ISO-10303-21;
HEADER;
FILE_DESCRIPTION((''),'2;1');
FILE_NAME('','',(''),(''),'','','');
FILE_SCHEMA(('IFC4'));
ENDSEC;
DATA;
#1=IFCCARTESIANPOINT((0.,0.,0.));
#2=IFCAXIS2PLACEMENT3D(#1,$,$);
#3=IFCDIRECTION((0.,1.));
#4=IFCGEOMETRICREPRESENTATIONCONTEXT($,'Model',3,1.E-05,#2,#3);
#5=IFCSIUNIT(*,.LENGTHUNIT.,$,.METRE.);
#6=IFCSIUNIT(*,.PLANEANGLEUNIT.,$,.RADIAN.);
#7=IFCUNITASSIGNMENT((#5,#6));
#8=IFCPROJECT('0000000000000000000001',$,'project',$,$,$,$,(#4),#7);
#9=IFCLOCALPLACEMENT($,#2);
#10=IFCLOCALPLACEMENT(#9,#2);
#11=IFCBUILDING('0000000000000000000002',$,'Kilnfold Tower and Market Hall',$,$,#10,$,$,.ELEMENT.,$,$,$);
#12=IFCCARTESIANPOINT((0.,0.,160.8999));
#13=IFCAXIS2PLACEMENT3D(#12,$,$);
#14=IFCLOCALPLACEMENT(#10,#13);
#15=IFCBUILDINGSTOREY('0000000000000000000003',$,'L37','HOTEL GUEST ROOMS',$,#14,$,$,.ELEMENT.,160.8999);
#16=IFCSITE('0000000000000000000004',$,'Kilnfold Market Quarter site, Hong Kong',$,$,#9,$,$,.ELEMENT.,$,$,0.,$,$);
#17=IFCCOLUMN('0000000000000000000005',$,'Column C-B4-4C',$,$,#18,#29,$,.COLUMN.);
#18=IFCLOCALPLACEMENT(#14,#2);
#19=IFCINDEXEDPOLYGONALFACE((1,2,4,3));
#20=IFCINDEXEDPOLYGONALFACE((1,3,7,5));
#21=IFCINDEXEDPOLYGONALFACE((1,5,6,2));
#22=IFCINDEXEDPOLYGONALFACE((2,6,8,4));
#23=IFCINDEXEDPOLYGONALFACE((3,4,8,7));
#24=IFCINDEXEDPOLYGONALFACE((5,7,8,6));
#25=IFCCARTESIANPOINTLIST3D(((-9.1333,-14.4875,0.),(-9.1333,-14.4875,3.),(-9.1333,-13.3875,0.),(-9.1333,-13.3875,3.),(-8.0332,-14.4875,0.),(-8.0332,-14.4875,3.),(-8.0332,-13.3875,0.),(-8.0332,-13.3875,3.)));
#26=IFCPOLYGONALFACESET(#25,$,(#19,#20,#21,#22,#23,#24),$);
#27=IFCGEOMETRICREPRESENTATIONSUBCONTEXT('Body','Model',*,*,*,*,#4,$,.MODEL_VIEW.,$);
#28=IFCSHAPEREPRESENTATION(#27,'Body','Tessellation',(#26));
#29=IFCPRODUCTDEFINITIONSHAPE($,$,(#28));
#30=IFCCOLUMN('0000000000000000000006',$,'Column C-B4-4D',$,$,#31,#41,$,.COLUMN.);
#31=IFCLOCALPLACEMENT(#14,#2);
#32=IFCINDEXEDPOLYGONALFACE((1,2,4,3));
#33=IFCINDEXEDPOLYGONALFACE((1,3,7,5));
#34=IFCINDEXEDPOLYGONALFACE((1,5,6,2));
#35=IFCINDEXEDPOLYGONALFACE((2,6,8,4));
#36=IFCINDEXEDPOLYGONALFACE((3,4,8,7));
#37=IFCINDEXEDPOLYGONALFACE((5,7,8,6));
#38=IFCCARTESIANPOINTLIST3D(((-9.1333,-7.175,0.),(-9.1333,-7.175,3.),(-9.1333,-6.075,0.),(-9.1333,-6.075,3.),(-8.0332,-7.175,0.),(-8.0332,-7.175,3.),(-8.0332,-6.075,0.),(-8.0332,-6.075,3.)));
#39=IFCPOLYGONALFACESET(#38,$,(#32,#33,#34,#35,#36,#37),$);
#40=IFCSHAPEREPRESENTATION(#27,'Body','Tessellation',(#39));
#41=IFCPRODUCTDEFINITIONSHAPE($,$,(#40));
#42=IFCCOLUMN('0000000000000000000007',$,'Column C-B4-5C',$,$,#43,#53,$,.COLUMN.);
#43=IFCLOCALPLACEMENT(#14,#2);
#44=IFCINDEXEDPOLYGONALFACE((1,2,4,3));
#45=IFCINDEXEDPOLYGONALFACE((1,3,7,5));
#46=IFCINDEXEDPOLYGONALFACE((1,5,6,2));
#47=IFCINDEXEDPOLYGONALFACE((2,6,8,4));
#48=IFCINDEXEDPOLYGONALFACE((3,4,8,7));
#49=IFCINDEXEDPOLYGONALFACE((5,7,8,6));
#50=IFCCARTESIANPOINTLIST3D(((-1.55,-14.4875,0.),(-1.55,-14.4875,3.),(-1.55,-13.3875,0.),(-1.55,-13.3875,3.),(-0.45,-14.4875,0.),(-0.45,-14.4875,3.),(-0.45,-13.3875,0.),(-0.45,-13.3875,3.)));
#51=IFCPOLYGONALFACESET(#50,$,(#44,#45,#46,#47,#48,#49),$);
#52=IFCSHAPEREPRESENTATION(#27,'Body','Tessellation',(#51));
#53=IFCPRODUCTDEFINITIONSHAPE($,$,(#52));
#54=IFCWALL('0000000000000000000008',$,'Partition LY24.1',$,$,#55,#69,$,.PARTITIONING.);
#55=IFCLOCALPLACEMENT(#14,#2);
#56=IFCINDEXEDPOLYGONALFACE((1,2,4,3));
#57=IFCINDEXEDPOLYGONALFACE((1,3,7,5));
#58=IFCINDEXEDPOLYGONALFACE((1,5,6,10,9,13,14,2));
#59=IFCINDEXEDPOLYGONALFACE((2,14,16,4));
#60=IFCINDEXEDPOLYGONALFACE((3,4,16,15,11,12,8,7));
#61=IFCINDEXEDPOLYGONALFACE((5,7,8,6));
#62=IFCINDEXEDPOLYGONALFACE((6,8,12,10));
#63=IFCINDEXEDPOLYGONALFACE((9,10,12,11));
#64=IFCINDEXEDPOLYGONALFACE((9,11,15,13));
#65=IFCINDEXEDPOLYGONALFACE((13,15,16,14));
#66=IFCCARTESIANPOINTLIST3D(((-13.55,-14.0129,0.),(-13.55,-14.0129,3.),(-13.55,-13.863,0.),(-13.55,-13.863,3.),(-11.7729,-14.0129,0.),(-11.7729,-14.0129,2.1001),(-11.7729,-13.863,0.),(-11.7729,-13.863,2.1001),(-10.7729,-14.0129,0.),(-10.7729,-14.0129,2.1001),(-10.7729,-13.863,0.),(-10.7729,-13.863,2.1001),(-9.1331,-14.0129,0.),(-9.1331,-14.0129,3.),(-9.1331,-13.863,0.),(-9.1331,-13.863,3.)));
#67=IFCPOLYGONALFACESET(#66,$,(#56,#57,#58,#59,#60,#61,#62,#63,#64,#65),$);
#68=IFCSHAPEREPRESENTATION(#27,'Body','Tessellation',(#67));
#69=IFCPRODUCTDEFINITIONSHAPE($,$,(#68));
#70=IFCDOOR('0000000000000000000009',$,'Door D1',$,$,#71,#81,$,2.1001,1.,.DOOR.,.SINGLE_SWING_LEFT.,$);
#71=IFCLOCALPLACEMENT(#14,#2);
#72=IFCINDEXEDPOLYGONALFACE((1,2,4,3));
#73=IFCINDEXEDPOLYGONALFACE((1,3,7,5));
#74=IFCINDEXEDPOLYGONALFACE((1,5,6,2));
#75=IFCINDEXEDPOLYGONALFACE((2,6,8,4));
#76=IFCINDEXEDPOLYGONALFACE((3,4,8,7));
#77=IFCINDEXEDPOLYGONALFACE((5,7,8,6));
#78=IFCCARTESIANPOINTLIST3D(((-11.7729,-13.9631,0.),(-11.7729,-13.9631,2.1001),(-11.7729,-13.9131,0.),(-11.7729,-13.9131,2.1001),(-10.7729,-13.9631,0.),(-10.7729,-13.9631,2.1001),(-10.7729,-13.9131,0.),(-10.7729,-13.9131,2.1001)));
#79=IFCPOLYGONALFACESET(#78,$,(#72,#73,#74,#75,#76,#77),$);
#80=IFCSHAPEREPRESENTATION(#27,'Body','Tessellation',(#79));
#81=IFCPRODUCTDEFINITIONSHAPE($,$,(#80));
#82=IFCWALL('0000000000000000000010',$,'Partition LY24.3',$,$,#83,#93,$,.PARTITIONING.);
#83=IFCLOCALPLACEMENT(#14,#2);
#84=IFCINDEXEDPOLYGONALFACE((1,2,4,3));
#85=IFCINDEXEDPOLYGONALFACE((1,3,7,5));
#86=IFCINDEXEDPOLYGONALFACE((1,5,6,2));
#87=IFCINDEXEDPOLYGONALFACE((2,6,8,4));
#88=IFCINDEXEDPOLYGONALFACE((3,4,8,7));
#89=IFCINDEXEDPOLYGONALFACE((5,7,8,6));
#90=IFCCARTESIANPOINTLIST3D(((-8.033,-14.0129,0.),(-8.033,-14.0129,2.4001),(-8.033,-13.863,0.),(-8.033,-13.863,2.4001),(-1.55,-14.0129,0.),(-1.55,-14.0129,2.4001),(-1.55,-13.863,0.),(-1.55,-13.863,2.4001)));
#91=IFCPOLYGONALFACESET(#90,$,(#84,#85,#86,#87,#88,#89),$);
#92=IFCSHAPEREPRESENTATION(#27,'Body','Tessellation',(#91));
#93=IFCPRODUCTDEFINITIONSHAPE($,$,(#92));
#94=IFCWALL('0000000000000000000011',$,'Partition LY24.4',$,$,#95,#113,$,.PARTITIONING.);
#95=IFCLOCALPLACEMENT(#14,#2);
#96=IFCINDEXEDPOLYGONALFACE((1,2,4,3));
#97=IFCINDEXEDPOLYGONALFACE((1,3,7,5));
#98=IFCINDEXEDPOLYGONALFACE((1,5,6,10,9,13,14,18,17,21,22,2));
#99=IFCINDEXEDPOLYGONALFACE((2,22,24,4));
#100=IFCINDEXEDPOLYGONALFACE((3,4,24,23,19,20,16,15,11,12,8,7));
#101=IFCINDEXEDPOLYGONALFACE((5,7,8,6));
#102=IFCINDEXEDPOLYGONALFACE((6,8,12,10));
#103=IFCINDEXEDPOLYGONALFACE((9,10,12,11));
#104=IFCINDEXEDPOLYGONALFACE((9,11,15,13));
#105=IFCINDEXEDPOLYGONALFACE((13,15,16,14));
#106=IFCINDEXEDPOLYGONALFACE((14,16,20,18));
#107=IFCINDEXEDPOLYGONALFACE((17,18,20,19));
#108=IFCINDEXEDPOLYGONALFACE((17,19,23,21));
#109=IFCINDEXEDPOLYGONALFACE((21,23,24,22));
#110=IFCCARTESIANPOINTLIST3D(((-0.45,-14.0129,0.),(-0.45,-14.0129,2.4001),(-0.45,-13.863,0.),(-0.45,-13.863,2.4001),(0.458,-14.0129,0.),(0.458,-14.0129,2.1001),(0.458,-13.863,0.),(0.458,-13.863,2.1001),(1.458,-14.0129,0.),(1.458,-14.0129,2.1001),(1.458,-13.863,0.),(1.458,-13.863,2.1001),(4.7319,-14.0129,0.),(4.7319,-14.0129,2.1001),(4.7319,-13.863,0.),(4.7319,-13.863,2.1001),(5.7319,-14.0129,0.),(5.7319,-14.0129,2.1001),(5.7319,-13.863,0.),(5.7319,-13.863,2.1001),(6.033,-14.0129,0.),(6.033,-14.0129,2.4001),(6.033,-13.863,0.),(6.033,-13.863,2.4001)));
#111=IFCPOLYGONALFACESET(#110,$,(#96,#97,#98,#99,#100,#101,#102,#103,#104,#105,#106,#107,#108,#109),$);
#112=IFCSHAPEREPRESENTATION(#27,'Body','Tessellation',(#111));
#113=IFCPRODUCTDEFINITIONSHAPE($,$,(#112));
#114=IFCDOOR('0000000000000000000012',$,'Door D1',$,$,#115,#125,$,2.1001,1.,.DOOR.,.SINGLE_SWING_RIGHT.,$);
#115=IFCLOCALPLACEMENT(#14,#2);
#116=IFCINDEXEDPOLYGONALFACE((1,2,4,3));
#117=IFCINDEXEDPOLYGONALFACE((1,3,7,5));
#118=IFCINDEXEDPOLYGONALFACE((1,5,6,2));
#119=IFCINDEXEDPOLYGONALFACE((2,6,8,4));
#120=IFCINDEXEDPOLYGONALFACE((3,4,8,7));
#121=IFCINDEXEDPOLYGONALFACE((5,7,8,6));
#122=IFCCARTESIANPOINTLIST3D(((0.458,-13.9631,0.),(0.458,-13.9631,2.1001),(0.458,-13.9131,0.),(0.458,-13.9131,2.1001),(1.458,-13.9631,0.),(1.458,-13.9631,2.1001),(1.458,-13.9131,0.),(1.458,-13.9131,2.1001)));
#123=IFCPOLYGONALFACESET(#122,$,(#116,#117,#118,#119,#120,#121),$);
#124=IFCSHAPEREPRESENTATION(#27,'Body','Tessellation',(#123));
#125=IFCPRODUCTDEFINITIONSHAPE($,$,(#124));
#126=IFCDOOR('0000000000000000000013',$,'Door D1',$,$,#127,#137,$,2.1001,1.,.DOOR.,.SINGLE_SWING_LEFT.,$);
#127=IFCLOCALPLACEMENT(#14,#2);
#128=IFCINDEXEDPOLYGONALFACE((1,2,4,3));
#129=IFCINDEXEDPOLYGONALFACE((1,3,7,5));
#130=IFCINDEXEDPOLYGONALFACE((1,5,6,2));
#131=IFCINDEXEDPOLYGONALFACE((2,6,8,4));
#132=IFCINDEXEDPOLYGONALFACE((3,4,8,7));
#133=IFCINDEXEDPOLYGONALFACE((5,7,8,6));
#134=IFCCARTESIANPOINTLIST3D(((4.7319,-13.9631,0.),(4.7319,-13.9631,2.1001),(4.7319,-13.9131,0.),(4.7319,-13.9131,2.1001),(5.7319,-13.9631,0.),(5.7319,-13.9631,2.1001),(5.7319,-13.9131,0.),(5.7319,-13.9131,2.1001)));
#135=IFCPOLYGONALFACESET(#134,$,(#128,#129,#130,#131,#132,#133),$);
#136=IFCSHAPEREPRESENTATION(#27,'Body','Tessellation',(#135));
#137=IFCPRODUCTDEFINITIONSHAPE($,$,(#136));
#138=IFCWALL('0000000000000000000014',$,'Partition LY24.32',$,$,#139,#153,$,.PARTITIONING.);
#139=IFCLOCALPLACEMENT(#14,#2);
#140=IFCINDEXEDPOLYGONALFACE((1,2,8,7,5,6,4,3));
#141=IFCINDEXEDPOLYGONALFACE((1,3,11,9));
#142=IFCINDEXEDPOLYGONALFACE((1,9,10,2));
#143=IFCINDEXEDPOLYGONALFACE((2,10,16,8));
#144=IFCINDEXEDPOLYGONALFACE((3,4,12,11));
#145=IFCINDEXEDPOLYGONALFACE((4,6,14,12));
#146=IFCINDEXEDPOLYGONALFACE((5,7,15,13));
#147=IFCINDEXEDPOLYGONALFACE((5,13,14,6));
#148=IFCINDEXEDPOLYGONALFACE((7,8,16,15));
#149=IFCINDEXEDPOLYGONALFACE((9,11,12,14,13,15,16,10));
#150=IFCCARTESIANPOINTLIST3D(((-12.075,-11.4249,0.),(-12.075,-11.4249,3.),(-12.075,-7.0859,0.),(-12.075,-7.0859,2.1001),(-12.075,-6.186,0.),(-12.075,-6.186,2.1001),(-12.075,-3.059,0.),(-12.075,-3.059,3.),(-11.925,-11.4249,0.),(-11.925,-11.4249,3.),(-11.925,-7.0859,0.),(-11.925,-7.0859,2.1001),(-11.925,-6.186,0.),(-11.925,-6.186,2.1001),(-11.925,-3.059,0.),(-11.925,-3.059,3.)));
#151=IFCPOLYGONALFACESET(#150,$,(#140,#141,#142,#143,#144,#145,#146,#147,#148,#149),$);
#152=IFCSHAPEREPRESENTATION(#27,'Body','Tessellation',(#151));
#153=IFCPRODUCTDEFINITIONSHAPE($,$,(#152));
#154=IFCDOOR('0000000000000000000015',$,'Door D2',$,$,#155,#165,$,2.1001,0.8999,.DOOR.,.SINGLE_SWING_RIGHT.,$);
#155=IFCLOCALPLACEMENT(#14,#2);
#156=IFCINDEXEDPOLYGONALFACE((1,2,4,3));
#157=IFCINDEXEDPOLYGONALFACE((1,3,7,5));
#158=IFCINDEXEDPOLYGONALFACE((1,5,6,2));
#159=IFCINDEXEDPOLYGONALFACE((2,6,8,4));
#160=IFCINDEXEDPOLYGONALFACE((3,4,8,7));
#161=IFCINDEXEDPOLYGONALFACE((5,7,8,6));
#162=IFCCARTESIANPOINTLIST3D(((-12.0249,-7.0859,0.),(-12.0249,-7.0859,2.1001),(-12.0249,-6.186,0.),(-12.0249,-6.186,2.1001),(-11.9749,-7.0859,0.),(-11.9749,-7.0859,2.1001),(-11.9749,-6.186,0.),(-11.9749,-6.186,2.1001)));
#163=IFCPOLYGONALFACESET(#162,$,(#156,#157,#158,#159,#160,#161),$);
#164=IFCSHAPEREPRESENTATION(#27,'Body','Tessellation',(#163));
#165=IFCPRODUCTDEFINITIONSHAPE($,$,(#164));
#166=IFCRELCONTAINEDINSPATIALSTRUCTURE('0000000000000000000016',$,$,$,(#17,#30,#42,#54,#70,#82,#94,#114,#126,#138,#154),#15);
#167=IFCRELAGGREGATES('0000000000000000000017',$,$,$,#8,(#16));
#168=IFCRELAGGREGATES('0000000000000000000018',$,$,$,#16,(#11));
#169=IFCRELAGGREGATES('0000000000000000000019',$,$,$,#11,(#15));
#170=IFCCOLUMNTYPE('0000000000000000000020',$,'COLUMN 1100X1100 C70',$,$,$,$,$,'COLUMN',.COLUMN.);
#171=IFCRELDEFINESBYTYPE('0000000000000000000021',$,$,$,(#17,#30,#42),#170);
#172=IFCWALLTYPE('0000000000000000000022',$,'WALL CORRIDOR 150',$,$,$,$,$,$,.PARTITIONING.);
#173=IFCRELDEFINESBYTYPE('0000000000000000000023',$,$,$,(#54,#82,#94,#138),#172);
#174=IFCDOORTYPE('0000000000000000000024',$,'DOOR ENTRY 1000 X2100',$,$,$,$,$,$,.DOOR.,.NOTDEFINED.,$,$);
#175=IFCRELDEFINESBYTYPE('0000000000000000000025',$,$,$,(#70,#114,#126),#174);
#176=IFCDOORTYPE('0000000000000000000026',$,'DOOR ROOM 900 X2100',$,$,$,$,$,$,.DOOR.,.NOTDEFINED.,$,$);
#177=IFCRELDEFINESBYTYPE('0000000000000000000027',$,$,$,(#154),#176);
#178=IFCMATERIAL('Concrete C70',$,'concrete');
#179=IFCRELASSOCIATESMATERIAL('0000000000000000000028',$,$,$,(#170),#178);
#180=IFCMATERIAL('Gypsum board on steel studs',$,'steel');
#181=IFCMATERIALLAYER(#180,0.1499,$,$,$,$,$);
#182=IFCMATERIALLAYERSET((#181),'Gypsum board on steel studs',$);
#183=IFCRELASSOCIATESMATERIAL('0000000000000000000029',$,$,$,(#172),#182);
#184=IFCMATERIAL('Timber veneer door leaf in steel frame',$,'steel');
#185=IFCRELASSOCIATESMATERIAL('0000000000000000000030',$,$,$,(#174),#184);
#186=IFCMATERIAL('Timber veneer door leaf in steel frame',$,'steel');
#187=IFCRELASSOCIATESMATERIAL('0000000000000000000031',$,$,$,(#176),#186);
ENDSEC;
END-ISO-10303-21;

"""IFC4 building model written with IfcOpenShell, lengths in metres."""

from ifc_helpers import new_model, si_unit, direction, frame, frame_2d, origin, origin_2d, place, context, subcontext, project, spatial, rectangle, extrude, source, transform, mapped, material, layer, layer_set, material_profile, profile_set, type_object, element, fill, save


model = new_model("IFC4")

# Units and contexts
model_context = context("Model", 3, precision=1e-05, world=origin(), true_north=direction((0.0, 1.0)))
body_context = subcontext(model_context, "Body", "Model", "MODEL_VIEW")
ifc_project = project(units=[si_unit("LENGTHUNIT", "METRE"), si_unit("PLANEANGLEUNIT", "RADIAN")], contexts=[model_context])

# Site, building, storey
site_placement = place(None, origin())
site = spatial("IfcSite", under=ifc_project, at=site_placement, Name="Kilnfold Market Quarter site, Hong Kong", CompositionType="ELEMENT", RefElevation=0.0)
building_placement = place(site_placement, origin())
building = spatial("IfcBuilding", under=site, at=building_placement, Name="Kilnfold Tower and Market Hall", CompositionType="ELEMENT")
storey_placement = place(building_placement, frame((0.0, 0.0, 160.8999)))
storey = spatial("IfcBuildingStorey", under=building, at=storey_placement, Name="L37", Description="HOTEL GUEST ROOMS", CompositionType="ELEMENT", Elevation=160.8999)

# Columns
ifc_material_1 = material(Name="Concrete C70", Category="concrete")
ifc_material_profile = material_profile(ifc_material_1, rectangle(XDim=1.1001, YDim=1.1001, at=origin_2d()), Name="RC 1100x1100")
ifc_profile_set = profile_set([ifc_material_profile], Name="Concrete C70")
column_type = type_object("IfcColumnType", Name="COLUMN 1100X1100 C70", ElementType="COLUMN", PredefinedType="COLUMN", material=ifc_profile_set)
shared_shape_1 = source(origin(), body_context, "Body", "SweptSolid", [
    extrude(rectangle(XDim=1.1001, YDim=1.1001, at=origin_2d()), origin(), (0.0, 0.0, 1.0), 3.0),
])
for number, where, z_axis, x_axis, name in (
    (1, (-8.5833, -13.9375, 0.0), (0.0, 0.0, 1.0), (1.0, 0.0, 0.0), "Column C-B4-4C"),
    (2, (-8.5833, -6.625, 0.0), (0.0, 0.0, 1.0), (1.0, 0.0, 0.0), "Column C-B4-4D"),
    (3, (-1.0, -13.9375, 0.0), (0.0, 0.0, 1.0), (1.0, 0.0, 0.0), "Column C-B4-5C"),
):
    element("IfcColumn", number, at=place(storey_placement, frame(where, z_axis=z_axis, x_axis=x_axis)), inside=storey, type_object=column_type, Name=name, PredefinedType="COLUMN", context=body_context, shape_type="MappedRepresentation", body=[
        mapped(shared_shape_1, transform((0.0, 0.0, 0.0))),
    ])

# Wall, opening, door
ifc_material_2 = material(Name="Gypsum board on steel studs", Category="steel")
ifc_layer_1 = layer(ifc_material_2, 0.1499)
ifc_layer_set_1 = layer_set([ifc_layer_1], Name="Gypsum board on steel studs")
wall_type_1 = type_object("IfcWallType", Name="WALL CORRIDOR 150", PredefinedType="PARTITIONING", material=ifc_layer_set_1)
wall_1_placement = place(storey_placement, frame((-13.55, -13.938, 0.0), z_axis=(0.0, 0.0, 1.0), x_axis=(1.0, 0.0, 0.0)))
wall_1 = element("IfcWall", 4, at=wall_1_placement, inside=storey, type_object=wall_type_1, Name="Partition LY24.1", PredefinedType="PARTITIONING", context=body_context, shape_type="SweptSolid", body=[
    extrude(rectangle(XDim=4.417, YDim=0.1499, at=frame_2d((2.2085, 0.0))), origin(), (0.0, 0.0, 1.0), 3.0),
])
opening_1_placement = place(wall_1_placement, frame((1.7771, 0.0, 0.0)))
opening_1 = element("IfcOpeningElement", 5, at=opening_1_placement, cuts=wall_1, PredefinedType="OPENING", context=body_context, shape_type="SweptSolid", body=[
    extrude(rectangle(XDim=1.0, YDim=2.1001, at=frame_2d((0.5, 1.05))), frame((0.0, 0.085, 0.0), z_axis=(0.0, -1.0, 0.0), x_axis=(1.0, 0.0, 0.0)), (0.0, 0.0, 1.0), 0.1699),
])
ifc_material_3 = material(Name="Timber veneer door leaf in steel frame", Category="steel")
door_type_1 = type_object("IfcDoorType", Name="DOOR ENTRY 1000 X2100", OperationType="NOTDEFINED", PredefinedType="DOOR", material=ifc_material_3)
door_1_placement = place(opening_1_placement, origin())
door_1 = element("IfcDoor", 6, at=door_1_placement, inside=storey, type_object=door_type_1, Name="Door D1", OperationType="SINGLE_SWING_LEFT", OverallHeight=2.1001, OverallWidth=1.0, PredefinedType="DOOR", context=body_context, shape_type="SweptSolid", body=[
    extrude(rectangle(XDim=1.0, YDim=2.1001, at=frame_2d((0.5, 1.05))), frame((0.0, 0.0249, 0.0), z_axis=(0.0, -1.0, 0.0), x_axis=(1.0, 0.0, 0.0)), (0.0, 0.0, 1.0), 0.05),
])
fill(opening_1, door_1)

# Wall
wall_2_placement = place(storey_placement, frame((-8.033, -13.938, 0.0), z_axis=(0.0, 0.0, 1.0), x_axis=(1.0, 0.0, 0.0)))
element("IfcWall", 7, at=wall_2_placement, inside=storey, type_object=wall_type_1, Name="Partition LY24.3", PredefinedType="PARTITIONING", context=body_context, shape_type="SweptSolid", body=[
    extrude(rectangle(XDim=6.4829, YDim=0.1499, at=frame_2d((3.2415, 0.0))), origin(), (0.0, 0.0, 1.0), 2.4001),
])

# Wall, openings, doors
wall_3_placement = place(storey_placement, frame((-0.45, -13.938, 0.0), z_axis=(0.0, 0.0, 1.0), x_axis=(1.0, 0.0, 0.0)))
wall_3 = element("IfcWall", 8, at=wall_3_placement, inside=storey, type_object=wall_type_1, Name="Partition LY24.4", PredefinedType="PARTITIONING", context=body_context, shape_type="SweptSolid", body=[
    extrude(rectangle(XDim=6.4829, YDim=0.1499, at=frame_2d((3.2415, 0.0))), origin(), (0.0, 0.0, 1.0), 2.4001),
])
opening_2_placement = place(wall_3_placement, frame((0.908, 0.0, 0.0)))
opening_2 = element("IfcOpeningElement", 9, at=opening_2_placement, cuts=wall_3, PredefinedType="OPENING", context=body_context, shape_type="SweptSolid", body=[
    extrude(rectangle(XDim=1.0, YDim=2.1001, at=frame_2d((0.5, 1.05))), frame((0.0, 0.085, 0.0), z_axis=(0.0, -1.0, 0.0), x_axis=(1.0, 0.0, 0.0)), (0.0, 0.0, 1.0), 0.1699),
])
opening_3_placement = place(wall_3_placement, frame((5.1819, 0.0, 0.0)))
opening_3 = element("IfcOpeningElement", 10, at=opening_3_placement, cuts=wall_3, PredefinedType="OPENING", context=body_context, shape_type="SweptSolid", body=[
    extrude(rectangle(XDim=1.0, YDim=2.1001, at=frame_2d((0.5, 1.05))), frame((0.0, 0.085, 0.0), z_axis=(0.0, -1.0, 0.0), x_axis=(1.0, 0.0, 0.0)), (0.0, 0.0, 1.0), 0.1699),
])
door_2_placement = place(opening_2_placement, origin())
door_2 = element("IfcDoor", 11, at=door_2_placement, inside=storey, type_object=door_type_1, Name="Door D1", OperationType="SINGLE_SWING_RIGHT", OverallHeight=2.1001, OverallWidth=1.0, PredefinedType="DOOR", context=body_context, shape_type="SweptSolid", body=[
    extrude(rectangle(XDim=1.0, YDim=2.1001, at=frame_2d((0.5, 1.05))), frame((0.0, 0.0249, 0.0), z_axis=(0.0, -1.0, 0.0), x_axis=(1.0, 0.0, 0.0)), (0.0, 0.0, 1.0), 0.05),
])
fill(opening_2, door_2)
door_3_placement = place(opening_3_placement, origin())
door_3 = element("IfcDoor", 12, at=door_3_placement, inside=storey, type_object=door_type_1, Name="Door D1", OperationType="SINGLE_SWING_LEFT", OverallHeight=2.1001, OverallWidth=1.0, PredefinedType="DOOR", context=body_context, shape_type="SweptSolid", body=[
    extrude(rectangle(XDim=1.0, YDim=2.1001, at=frame_2d((0.5, 1.05))), frame((0.0, 0.0249, 0.0), z_axis=(0.0, -1.0, 0.0), x_axis=(1.0, 0.0, 0.0)), (0.0, 0.0, 1.0), 0.05),
])
fill(opening_3, door_3)

# Wall, opening, door
wall_4_placement = place(storey_placement, frame((-12.0, -11.425, 0.0), z_axis=(0.0, 0.0, 1.0), x_axis=(0.0, 1.0, 0.0)))
wall_4 = element("IfcWall", 13, at=wall_4_placement, inside=storey, type_object=wall_type_1, Name="Partition LY24.32", PredefinedType="PARTITIONING", context=body_context, shape_type="SweptSolid", body=[
    extrude(rectangle(XDim=8.366, YDim=0.1499, at=frame_2d((4.1831, 0.0))), origin(), (0.0, 0.0, 1.0), 3.0),
])
opening_4_placement = place(wall_4_placement, frame((4.3391, 0.0, 0.0)))
opening_4 = element("IfcOpeningElement", 14, at=opening_4_placement, cuts=wall_4, PredefinedType="OPENING", context=body_context, shape_type="SweptSolid", body=[
    extrude(rectangle(XDim=0.8999, YDim=2.1001, at=frame_2d((0.45, 1.05))), frame((0.0, 0.085, 0.0), z_axis=(0.0, -1.0, 0.0), x_axis=(1.0, 0.0, 0.0)), (0.0, 0.0, 1.0), 0.1699),
])
ifc_material_4 = material(Name="Timber veneer door leaf in steel frame", Category="steel")
door_type_2 = type_object("IfcDoorType", Name="DOOR ROOM 900 X2100", OperationType="NOTDEFINED", PredefinedType="DOOR", material=ifc_material_4)
door_4_placement = place(opening_4_placement, origin())
door_4 = element("IfcDoor", 15, at=door_4_placement, inside=storey, type_object=door_type_2, Name="Door D2", OperationType="SINGLE_SWING_RIGHT", OverallHeight=2.1001, OverallWidth=0.8999, PredefinedType="DOOR", context=body_context, shape_type="SweptSolid", body=[
    extrude(rectangle(XDim=0.8999, YDim=2.1001, at=frame_2d((0.45, 1.05))), frame((0.0, 0.0249, 0.0), z_axis=(0.0, -1.0, 0.0), x_axis=(1.0, 0.0, 0.0)), (0.0, 0.0, 1.0), 0.05),
])
fill(opening_4, door_4)

save(model, "model.ifc")
